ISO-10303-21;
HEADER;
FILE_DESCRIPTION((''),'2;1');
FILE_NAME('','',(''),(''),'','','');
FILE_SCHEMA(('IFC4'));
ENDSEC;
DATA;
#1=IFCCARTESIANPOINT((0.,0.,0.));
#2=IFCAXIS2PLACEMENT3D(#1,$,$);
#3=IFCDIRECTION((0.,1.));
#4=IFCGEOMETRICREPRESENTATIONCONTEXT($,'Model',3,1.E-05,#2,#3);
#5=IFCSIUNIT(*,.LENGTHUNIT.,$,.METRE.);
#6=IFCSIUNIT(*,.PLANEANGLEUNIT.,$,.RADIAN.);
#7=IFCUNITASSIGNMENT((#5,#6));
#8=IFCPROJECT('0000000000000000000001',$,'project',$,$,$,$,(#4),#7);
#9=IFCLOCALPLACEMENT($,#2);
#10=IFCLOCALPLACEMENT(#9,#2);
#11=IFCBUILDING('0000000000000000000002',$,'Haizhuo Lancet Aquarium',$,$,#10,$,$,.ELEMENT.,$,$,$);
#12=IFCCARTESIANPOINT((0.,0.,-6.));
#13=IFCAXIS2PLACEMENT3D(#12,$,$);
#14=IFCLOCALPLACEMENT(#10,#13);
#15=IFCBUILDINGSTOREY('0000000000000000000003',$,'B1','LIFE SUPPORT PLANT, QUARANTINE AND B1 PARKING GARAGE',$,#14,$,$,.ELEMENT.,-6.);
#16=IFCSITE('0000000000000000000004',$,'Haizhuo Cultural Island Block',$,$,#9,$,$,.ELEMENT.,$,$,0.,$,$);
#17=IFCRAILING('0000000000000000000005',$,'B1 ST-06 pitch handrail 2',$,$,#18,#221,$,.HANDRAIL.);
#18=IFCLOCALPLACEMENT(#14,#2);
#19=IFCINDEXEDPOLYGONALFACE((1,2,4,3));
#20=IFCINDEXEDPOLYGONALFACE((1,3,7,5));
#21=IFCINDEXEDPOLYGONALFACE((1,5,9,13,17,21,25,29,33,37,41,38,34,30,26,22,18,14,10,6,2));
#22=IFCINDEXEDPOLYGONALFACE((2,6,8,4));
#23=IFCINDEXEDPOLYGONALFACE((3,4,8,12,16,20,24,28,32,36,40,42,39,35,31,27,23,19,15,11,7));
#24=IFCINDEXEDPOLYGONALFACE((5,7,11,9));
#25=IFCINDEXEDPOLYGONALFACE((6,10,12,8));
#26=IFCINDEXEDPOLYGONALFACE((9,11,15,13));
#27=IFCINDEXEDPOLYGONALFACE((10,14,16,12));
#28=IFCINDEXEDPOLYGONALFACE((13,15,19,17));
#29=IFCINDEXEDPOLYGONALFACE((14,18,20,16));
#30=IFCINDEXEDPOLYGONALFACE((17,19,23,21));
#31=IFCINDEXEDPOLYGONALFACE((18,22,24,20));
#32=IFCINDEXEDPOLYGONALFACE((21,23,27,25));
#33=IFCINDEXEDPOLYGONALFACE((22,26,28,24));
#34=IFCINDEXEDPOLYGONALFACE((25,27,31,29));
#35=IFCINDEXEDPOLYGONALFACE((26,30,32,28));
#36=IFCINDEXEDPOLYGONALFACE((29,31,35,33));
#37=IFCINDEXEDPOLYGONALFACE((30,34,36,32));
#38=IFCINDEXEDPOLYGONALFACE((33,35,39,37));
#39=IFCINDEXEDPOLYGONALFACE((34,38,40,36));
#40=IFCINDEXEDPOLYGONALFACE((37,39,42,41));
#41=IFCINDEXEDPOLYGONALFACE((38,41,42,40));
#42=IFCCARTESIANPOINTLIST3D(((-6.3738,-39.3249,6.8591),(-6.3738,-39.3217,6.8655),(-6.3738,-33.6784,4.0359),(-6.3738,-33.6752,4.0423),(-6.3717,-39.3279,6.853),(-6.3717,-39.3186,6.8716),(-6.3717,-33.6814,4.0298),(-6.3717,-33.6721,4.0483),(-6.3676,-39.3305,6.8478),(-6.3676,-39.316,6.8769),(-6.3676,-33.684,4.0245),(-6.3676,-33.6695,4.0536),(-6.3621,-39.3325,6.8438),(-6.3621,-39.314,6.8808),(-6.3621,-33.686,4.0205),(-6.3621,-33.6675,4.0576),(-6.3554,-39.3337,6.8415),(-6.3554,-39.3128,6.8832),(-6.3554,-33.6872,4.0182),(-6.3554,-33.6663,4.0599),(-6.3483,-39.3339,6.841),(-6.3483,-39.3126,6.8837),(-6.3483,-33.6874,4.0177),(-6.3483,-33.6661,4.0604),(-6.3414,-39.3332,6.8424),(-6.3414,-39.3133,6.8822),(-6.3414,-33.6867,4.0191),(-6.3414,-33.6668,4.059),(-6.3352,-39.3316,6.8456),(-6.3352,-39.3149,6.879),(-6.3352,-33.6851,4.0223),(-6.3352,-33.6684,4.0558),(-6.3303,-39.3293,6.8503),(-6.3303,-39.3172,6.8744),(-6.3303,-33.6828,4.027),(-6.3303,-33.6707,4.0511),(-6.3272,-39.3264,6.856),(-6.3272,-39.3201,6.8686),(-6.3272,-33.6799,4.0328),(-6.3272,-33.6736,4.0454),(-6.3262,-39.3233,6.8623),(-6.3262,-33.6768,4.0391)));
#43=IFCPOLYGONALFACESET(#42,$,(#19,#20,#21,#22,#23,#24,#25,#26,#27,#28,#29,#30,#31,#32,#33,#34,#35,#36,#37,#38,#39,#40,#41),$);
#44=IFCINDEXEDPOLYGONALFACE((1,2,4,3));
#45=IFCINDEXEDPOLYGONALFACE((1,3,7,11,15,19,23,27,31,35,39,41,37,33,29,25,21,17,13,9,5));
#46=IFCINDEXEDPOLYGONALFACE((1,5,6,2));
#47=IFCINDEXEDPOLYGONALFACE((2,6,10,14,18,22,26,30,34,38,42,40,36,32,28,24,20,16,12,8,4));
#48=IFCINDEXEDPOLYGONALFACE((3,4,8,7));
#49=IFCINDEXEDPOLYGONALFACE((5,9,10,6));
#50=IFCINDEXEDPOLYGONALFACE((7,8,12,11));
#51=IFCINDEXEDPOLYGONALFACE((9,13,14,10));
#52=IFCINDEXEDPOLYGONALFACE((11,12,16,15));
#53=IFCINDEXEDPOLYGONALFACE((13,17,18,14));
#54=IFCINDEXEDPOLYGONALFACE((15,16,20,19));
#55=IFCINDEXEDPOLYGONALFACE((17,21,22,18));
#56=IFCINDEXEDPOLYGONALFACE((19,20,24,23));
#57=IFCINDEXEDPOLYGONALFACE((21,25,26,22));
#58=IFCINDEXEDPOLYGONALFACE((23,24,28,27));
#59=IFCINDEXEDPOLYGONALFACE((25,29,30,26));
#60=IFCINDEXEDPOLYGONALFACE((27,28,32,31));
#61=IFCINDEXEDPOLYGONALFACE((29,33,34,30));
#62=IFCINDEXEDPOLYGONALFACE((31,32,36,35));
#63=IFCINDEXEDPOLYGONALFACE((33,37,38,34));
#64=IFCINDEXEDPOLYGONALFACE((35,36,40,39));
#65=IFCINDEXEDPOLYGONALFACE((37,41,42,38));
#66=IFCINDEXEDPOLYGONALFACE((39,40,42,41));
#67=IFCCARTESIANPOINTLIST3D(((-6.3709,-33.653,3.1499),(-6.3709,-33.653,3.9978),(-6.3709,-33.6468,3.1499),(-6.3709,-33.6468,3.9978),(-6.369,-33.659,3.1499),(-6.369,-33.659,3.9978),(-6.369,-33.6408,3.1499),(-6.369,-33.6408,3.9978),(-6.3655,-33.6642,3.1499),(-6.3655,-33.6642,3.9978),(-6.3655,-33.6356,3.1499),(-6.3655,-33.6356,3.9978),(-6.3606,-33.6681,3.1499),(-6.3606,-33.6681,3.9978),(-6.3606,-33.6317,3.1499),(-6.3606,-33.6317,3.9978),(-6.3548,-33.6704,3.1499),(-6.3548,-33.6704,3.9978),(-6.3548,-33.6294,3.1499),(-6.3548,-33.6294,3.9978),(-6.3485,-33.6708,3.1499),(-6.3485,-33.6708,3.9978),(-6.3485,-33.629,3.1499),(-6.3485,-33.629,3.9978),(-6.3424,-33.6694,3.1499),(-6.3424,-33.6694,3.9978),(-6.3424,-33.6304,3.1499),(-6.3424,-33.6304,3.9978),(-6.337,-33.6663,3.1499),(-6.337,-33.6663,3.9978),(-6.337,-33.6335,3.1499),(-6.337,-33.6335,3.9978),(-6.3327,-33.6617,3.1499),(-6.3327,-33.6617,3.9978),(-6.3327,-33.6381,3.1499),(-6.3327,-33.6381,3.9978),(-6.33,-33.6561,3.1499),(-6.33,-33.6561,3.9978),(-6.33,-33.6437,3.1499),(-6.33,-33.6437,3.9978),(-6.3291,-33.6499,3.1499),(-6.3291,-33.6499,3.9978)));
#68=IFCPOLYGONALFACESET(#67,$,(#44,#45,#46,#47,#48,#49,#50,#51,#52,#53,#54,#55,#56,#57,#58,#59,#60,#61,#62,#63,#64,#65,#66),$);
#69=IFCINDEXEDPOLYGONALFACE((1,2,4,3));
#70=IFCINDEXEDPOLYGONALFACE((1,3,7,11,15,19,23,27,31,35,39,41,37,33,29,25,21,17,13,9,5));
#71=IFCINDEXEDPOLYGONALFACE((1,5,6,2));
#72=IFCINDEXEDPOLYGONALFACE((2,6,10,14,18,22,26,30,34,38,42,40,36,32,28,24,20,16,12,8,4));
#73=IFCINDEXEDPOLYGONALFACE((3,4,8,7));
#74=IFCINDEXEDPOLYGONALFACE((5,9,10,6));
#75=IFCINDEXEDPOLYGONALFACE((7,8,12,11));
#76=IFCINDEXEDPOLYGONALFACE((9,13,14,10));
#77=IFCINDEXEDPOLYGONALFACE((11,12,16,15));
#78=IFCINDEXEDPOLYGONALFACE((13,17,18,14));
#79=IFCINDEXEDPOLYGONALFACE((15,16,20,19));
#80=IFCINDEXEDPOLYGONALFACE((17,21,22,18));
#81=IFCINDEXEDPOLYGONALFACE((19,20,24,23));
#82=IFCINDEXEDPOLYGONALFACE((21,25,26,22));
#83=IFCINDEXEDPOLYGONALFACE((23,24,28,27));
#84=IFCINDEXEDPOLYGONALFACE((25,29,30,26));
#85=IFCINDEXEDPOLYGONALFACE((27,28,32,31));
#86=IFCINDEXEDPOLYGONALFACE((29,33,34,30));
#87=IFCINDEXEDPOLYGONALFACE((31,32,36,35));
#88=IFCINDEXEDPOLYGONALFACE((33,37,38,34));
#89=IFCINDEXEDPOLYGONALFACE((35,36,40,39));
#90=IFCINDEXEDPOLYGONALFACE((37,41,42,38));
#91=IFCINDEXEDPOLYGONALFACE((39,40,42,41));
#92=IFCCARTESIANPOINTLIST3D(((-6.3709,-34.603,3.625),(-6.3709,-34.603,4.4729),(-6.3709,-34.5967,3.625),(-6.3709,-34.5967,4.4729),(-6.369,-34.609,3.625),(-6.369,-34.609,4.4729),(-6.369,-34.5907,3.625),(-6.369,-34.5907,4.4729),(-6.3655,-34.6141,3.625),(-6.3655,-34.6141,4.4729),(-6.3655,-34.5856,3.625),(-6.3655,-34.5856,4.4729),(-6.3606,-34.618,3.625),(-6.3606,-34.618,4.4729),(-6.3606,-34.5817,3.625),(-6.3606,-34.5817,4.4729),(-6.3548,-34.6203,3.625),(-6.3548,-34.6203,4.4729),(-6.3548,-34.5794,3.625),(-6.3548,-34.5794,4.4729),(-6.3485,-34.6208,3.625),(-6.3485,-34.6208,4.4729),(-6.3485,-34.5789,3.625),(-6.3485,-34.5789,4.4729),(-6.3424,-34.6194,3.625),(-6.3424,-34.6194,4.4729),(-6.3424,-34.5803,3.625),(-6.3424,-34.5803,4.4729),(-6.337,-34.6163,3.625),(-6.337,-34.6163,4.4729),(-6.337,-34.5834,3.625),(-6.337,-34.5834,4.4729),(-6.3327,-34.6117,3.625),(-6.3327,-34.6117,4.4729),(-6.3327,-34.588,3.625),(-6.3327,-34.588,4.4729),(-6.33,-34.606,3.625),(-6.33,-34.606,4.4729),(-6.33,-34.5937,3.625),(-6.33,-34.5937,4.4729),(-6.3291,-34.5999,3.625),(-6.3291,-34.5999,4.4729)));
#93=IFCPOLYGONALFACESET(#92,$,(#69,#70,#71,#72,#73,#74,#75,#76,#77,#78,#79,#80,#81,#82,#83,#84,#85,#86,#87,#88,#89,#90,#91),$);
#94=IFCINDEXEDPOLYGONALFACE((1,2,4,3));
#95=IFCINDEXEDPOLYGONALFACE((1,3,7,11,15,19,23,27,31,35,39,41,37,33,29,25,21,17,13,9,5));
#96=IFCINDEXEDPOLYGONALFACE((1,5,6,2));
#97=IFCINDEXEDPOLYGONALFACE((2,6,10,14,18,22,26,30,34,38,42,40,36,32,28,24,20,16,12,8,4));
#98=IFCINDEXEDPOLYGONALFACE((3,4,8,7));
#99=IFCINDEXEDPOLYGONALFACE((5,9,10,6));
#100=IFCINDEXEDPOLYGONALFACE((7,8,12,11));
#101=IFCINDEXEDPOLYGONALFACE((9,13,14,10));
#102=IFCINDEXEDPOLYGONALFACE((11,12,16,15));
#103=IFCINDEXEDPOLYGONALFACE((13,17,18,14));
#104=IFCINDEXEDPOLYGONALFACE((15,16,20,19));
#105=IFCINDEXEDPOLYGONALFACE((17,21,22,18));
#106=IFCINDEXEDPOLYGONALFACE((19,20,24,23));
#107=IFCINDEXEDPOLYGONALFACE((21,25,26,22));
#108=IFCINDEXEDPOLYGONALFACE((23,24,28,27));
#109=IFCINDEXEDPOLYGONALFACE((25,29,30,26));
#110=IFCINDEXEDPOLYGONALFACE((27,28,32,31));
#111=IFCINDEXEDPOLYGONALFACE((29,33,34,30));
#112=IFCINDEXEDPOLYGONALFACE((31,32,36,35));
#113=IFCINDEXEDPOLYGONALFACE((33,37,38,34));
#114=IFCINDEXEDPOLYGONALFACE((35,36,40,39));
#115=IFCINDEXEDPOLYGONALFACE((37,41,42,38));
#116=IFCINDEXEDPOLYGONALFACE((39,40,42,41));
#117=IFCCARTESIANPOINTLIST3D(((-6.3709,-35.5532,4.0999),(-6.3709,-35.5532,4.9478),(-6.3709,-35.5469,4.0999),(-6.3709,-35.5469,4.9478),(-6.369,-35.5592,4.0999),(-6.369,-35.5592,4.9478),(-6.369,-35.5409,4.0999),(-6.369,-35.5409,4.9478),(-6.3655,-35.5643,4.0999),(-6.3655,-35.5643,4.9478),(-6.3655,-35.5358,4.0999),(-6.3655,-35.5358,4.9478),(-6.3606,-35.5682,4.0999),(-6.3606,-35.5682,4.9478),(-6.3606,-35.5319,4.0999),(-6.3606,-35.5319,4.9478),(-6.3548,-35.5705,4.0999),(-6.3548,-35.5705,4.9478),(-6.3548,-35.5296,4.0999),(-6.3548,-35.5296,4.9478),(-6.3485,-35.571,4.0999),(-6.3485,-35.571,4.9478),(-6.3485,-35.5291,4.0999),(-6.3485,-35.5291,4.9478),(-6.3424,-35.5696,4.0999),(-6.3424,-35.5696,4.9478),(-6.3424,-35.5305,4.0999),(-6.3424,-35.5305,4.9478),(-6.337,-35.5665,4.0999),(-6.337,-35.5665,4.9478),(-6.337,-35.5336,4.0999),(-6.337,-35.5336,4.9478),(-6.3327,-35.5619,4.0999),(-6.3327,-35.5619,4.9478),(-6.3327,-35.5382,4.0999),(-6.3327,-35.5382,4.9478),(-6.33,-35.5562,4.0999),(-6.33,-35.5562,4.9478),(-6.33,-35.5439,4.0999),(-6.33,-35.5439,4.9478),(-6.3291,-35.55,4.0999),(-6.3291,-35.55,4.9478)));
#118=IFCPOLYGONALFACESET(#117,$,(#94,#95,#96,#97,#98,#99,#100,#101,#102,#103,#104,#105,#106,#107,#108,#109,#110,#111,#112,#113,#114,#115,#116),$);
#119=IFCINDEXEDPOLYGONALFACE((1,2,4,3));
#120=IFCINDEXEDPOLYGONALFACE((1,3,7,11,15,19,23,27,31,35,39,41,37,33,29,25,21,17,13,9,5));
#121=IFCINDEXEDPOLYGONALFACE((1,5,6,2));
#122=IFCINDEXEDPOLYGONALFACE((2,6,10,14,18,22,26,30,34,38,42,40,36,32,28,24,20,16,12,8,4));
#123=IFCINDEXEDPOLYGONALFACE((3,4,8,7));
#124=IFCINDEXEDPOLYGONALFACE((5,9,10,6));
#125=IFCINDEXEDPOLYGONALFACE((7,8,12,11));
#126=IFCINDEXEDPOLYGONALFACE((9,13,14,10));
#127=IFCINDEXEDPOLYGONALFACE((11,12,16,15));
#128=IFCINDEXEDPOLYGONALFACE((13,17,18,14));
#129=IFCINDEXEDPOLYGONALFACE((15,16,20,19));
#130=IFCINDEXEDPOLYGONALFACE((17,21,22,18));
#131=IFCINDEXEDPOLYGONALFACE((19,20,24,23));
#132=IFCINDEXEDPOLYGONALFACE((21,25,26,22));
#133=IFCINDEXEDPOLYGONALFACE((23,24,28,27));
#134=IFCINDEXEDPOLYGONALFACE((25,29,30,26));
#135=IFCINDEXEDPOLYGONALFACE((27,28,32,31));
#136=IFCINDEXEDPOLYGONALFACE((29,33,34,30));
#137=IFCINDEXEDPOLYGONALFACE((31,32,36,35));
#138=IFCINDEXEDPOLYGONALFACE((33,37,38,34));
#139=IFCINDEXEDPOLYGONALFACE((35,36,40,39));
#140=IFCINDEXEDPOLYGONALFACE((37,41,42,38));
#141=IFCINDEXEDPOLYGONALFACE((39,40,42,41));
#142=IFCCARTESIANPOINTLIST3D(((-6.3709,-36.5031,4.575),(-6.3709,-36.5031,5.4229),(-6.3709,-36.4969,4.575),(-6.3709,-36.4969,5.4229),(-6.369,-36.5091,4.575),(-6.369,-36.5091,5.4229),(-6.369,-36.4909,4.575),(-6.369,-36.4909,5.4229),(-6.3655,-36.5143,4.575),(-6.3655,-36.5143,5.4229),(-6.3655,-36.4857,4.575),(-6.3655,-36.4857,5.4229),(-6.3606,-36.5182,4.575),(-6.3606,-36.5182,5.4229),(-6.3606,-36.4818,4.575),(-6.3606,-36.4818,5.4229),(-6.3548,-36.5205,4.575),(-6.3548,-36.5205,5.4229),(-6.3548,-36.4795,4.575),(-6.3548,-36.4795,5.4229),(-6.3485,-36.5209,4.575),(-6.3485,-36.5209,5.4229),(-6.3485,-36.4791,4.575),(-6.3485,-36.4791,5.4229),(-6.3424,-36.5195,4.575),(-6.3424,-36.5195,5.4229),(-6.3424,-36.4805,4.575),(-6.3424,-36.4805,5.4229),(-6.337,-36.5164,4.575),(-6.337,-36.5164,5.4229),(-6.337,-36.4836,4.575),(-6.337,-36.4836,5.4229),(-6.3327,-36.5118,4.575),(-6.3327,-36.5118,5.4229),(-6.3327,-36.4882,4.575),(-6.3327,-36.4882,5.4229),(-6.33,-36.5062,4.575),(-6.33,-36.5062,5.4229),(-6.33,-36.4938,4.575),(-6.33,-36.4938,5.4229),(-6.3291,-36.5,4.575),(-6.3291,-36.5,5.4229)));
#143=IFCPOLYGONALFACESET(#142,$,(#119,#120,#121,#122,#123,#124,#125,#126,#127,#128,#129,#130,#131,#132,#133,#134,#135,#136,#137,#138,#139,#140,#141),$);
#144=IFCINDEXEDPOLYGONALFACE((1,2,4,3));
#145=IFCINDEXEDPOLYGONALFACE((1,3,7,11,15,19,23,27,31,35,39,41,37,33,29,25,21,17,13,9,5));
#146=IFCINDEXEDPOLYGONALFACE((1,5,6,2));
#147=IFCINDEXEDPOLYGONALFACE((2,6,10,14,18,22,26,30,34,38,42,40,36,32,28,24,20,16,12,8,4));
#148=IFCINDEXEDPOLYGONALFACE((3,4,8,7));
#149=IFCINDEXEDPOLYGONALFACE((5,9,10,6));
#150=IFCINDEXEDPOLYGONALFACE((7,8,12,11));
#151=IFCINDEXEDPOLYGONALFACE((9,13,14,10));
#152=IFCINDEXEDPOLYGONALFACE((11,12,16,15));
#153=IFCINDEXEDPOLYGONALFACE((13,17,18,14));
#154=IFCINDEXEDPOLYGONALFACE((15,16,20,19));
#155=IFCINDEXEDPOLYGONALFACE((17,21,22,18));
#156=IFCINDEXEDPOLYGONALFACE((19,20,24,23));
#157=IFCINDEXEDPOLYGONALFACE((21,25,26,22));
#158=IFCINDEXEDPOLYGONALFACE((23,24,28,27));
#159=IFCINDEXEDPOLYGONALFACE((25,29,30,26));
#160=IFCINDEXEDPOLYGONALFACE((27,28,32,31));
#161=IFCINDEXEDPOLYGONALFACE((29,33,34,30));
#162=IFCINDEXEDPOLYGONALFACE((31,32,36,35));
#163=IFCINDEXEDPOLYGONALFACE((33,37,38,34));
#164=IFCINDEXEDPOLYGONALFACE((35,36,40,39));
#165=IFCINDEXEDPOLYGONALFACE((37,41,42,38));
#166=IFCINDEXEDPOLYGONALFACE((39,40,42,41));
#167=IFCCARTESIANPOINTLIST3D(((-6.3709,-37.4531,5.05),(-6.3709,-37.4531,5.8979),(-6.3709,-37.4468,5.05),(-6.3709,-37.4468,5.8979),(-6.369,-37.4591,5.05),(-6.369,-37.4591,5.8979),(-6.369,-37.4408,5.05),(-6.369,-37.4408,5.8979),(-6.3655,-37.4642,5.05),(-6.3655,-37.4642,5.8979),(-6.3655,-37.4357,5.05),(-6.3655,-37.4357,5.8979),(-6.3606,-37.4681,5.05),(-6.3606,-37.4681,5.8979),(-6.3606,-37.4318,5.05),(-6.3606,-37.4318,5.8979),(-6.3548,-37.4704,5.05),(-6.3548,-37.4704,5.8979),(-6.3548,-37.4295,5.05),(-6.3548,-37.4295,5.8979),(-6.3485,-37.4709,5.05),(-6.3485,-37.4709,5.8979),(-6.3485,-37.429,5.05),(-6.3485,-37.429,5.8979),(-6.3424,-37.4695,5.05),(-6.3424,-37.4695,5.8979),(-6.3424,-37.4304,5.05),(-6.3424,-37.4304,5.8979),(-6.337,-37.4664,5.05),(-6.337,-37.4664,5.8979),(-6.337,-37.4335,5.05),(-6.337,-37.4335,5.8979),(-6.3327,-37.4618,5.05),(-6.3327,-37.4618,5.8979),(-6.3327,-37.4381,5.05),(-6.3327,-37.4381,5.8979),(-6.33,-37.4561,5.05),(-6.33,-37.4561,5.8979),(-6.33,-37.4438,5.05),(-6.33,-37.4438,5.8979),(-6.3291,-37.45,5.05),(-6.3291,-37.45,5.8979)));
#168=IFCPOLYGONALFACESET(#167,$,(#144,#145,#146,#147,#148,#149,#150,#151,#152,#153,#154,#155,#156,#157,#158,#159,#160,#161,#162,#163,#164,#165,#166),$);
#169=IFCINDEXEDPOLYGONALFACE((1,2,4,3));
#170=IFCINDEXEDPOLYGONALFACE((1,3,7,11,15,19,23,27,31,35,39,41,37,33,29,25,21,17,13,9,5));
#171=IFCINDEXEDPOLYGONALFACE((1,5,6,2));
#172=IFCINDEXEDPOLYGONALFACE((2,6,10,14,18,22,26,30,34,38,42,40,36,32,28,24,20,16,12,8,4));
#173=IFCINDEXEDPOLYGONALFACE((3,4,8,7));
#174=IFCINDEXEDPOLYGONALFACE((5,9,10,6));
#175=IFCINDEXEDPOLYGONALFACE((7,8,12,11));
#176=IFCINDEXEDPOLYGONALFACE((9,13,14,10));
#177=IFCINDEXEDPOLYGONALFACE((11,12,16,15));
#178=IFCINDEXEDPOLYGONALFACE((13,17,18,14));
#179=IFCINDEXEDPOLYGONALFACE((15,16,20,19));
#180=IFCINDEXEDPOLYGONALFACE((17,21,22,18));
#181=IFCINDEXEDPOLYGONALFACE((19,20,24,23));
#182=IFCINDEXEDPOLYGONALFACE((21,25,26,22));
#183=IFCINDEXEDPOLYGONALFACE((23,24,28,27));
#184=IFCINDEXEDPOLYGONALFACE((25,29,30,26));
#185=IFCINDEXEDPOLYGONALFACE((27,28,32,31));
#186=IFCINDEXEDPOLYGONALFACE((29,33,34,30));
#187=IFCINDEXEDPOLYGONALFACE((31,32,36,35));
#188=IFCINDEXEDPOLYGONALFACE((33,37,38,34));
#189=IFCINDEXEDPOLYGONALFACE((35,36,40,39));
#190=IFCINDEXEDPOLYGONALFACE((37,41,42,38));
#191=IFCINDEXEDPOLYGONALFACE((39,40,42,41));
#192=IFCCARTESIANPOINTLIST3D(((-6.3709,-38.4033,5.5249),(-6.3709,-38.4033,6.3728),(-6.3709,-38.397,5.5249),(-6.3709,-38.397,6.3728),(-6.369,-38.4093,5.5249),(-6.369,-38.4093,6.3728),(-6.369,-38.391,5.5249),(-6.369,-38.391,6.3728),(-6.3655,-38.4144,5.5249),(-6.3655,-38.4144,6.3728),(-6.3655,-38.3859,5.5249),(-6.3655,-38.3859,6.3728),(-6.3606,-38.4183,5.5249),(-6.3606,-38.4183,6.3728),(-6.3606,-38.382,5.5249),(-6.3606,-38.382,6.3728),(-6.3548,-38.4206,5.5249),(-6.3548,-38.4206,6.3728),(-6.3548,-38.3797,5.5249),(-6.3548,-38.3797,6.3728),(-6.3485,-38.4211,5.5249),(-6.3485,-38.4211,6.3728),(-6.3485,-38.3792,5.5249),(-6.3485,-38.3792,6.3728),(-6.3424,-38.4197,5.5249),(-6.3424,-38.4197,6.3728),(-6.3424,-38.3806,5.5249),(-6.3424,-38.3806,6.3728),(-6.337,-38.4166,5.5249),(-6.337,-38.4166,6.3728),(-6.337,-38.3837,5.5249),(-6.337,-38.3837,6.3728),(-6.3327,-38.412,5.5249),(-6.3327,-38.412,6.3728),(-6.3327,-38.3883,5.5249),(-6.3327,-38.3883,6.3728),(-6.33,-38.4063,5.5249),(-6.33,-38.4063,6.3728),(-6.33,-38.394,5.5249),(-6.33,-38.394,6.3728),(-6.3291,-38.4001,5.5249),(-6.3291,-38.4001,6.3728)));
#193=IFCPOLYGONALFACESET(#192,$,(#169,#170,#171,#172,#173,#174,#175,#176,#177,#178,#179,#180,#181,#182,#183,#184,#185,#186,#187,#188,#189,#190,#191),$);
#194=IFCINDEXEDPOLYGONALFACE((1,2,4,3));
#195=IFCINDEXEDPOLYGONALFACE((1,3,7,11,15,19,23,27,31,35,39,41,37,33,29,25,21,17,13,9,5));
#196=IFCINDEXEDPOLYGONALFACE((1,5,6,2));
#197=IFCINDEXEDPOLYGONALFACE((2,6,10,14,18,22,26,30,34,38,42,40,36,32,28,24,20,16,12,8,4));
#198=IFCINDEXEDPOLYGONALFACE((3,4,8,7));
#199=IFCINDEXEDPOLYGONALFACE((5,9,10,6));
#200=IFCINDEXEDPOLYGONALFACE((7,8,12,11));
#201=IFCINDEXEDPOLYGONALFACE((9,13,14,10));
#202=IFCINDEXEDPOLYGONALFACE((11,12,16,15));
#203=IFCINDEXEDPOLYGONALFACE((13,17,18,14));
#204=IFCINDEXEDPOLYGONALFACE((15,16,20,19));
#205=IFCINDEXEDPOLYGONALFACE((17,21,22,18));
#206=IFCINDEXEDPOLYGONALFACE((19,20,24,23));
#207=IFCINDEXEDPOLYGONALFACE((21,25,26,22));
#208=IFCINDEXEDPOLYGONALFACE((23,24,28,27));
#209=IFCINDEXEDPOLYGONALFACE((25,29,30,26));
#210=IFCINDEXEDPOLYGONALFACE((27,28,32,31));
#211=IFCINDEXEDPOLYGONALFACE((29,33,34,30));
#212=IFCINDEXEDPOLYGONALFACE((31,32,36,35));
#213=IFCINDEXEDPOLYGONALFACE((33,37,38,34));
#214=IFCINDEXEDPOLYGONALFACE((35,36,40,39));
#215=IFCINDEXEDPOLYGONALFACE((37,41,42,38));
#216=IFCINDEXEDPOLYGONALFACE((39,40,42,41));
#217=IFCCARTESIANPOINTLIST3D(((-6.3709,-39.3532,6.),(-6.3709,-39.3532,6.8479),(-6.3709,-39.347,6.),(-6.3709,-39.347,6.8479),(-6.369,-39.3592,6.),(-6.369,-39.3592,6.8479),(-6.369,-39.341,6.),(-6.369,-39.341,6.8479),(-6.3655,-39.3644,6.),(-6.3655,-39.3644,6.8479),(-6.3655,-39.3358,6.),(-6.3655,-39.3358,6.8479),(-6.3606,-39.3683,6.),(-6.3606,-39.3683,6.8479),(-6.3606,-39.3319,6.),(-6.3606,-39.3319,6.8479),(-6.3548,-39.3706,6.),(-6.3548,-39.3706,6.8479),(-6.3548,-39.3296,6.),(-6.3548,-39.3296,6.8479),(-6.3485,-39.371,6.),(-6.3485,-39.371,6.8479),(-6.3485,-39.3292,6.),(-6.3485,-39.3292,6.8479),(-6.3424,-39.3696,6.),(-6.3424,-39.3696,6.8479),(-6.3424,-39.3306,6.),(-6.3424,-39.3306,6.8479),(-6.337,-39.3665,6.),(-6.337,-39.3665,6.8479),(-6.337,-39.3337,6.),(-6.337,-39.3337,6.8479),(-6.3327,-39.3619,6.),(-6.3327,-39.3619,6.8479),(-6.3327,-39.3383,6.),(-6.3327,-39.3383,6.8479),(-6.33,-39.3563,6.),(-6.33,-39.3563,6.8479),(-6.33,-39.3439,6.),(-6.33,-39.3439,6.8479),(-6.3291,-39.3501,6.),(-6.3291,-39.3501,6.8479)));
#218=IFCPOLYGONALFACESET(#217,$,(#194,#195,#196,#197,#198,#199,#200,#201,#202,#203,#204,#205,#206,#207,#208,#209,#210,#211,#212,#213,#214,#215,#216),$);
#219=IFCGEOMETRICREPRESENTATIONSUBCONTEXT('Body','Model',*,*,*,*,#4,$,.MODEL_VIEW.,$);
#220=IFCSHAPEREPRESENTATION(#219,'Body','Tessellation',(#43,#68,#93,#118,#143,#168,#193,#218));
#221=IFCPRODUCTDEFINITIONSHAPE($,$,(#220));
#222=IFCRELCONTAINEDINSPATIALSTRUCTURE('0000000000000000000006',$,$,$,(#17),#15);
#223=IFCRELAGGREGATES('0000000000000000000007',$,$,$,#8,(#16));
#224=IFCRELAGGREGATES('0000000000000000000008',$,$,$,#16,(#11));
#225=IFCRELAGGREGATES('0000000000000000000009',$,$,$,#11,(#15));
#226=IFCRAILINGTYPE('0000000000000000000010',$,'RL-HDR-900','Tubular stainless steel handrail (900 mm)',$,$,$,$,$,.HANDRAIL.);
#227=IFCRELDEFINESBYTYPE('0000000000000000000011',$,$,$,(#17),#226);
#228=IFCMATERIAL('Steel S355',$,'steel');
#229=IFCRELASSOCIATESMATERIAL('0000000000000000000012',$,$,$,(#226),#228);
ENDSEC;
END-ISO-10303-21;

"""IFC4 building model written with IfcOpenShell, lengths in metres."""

from ifc_helpers import new_model, si_unit, direction, frame, origin, origin_2d, place, context, subcontext, project, spatial, circle, extrude, material, type_object, element, save


model = new_model("IFC4")

# Units and contexts
model_context = context("Model", 3, precision=1e-05, world=origin(), true_north=direction((0.0, 1.0)))
body_context = subcontext(model_context, "Body", "Model", "MODEL_VIEW")
ifc_project = project(units=[si_unit("LENGTHUNIT", "METRE"), si_unit("PLANEANGLEUNIT", "RADIAN")], contexts=[model_context])

# Site, building, storey
site_placement = place(None, origin())
site = spatial("IfcSite", under=ifc_project, at=site_placement, Name="Haizhuo Cultural Island Block", CompositionType="ELEMENT", RefElevation=0.0)
building_placement = place(site_placement, origin())
building = spatial("IfcBuilding", under=site, at=building_placement, Name="Haizhuo Lancet Aquarium", CompositionType="ELEMENT")
storey_placement = place(building_placement, frame((0.0, 0.0, -6.0)))
storey = spatial("IfcBuildingStorey", under=building, at=storey_placement, Name="B1", Description="LIFE SUPPORT PLANT, QUARANTINE AND B1 PARKING GARAGE", CompositionType="ELEMENT", Elevation=-6.0)

# Shared definitions
ifc_material_1 = material(Name="Steel S355", Category="steel")

# Railing
railing_type_1 = type_object("IfcRailingType", Name="RL-HDR-900", Description="Tubular stainless steel handrail (900 mm)", PredefinedType="HANDRAIL", material=ifc_material_1)
railing_1_placement = place(storey_placement, frame((-6.3501, -33.6499, 3.1499)))
element("IfcRailing", 1, at=railing_1_placement, inside=storey, type_object=railing_type_1, Name="B1 ST-06 pitch handrail 2", PredefinedType="HANDRAIL", context=body_context, shape_type="SweptSolid", body=[
    extrude(circle(Radius=0.0239, at=origin_2d()), frame((0.0, -0.0269, 0.8892), z_axis=(0.0, -0.894427, 0.447214), x_axis=(1.0, 0.0, 0.0)), (0.0, 0.0, 1.0), 6.313),
    extrude(circle(Radius=0.021, at=origin_2d()), origin(), (0.0, 0.0, 1.0), 0.8479),
    extrude(circle(Radius=0.021, at=origin_2d()), frame((0.0, -0.95, 0.4751)), (0.0, 0.0, 1.0), 0.8479),
    extrude(circle(Radius=0.021, at=origin_2d()), frame((0.0, -1.9001, 0.95)), (0.0, 0.0, 1.0), 0.8479),
    extrude(circle(Radius=0.021, at=origin_2d()), frame((0.0, -2.8501, 1.425)), (0.0, 0.0, 1.0), 0.8479),
    extrude(circle(Radius=0.021, at=origin_2d()), frame((0.0, -3.8, 1.9001)), (0.0, 0.0, 1.0), 0.8479),
    extrude(circle(Radius=0.021, at=origin_2d()), frame((0.0, -4.7502, 2.375)), (0.0, 0.0, 1.0), 0.8479),
    extrude(circle(Radius=0.021, at=origin_2d()), frame((0.0, -5.7002, 2.8501)), (0.0, 0.0, 1.0), 0.8479),
])

save(model, "model.ifc")
